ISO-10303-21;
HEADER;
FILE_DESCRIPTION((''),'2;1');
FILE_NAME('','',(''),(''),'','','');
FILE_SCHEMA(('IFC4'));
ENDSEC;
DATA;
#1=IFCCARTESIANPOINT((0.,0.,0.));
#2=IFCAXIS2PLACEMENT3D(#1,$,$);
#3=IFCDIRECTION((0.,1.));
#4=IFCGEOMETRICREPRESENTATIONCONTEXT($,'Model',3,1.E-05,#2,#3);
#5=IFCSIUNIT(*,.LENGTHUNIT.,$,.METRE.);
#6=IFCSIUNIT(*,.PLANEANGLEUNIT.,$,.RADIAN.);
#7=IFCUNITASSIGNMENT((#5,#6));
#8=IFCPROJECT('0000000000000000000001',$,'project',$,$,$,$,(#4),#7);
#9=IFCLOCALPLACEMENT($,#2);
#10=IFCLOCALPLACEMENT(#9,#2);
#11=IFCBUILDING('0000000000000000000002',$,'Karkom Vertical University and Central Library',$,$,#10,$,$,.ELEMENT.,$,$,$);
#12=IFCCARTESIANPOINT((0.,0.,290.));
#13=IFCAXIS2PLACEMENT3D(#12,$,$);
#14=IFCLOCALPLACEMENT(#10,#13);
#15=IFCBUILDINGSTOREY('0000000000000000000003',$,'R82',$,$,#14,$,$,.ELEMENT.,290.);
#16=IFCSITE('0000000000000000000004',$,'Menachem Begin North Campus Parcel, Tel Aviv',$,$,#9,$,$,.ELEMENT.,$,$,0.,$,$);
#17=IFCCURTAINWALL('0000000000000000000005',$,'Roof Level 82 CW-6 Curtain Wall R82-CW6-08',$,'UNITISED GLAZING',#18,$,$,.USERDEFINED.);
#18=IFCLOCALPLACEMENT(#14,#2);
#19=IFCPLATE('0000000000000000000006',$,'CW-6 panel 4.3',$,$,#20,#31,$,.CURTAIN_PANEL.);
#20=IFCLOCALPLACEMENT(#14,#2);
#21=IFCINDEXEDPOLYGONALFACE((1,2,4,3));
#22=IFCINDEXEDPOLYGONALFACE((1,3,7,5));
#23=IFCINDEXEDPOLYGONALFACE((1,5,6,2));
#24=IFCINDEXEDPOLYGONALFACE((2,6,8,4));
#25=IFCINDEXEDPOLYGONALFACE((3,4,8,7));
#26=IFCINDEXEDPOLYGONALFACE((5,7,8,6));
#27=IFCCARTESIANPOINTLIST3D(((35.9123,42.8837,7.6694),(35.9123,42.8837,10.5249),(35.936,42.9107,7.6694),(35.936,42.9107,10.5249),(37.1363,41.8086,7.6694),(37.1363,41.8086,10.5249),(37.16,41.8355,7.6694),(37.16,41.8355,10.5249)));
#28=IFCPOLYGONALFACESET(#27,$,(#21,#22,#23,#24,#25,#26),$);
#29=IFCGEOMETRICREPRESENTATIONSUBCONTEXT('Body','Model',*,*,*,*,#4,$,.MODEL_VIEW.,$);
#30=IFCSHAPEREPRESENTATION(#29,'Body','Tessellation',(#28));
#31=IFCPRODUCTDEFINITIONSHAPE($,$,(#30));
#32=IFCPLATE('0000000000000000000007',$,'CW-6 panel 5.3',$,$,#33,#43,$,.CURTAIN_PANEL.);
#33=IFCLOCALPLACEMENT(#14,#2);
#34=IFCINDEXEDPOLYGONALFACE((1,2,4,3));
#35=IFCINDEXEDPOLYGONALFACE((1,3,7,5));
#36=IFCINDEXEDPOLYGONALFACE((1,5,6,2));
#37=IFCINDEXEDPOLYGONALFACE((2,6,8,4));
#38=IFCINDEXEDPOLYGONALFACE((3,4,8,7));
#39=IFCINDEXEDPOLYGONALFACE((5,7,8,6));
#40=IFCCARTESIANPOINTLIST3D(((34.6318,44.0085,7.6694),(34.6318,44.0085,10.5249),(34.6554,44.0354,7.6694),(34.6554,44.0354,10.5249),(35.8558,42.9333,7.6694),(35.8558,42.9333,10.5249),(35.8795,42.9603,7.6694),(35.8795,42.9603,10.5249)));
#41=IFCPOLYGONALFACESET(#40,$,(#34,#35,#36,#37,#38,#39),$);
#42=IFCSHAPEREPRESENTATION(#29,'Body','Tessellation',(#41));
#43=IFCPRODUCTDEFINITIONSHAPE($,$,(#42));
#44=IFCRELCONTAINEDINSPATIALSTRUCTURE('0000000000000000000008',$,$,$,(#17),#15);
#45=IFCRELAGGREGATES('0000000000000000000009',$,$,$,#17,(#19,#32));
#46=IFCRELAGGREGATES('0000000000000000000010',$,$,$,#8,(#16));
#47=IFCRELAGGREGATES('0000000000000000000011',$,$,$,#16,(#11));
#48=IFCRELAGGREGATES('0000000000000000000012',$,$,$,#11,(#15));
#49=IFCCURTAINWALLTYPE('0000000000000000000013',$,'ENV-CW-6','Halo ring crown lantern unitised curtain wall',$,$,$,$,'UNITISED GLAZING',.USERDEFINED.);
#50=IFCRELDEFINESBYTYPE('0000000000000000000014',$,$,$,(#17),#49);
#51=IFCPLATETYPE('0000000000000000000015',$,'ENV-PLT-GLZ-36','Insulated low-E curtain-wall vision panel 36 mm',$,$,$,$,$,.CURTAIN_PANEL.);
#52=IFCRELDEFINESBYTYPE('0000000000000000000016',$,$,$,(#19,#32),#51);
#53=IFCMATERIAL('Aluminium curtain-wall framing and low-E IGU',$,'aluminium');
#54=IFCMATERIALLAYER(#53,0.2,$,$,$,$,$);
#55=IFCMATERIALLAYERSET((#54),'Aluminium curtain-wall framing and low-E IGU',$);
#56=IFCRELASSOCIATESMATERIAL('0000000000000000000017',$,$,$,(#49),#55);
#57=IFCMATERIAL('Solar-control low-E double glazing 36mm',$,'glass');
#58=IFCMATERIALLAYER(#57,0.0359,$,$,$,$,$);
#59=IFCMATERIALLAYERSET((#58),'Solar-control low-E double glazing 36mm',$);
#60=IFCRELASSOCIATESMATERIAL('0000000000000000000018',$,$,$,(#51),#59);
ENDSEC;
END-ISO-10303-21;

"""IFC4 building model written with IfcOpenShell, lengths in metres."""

from ifc_helpers import new_model, si_unit, direction, frame, origin, origin_with_axes, origin_2d, place, context, subcontext, project, spatial, rectangle, extrude, source, transform, mapped, material, layer, layer_set, type_object, element, aggregate, save


model = new_model("IFC4")

# Units and contexts
model_context = context("Model", 3, precision=1e-05, world=origin(), true_north=direction((0.0, 1.0)))
body_context = subcontext(model_context, "Body", "Model", "MODEL_VIEW")
ifc_project = project(units=[si_unit("LENGTHUNIT", "METRE"), si_unit("PLANEANGLEUNIT", "RADIAN")], contexts=[model_context])

# Site, building, storey
site_placement = place(None, origin())
site = spatial("IfcSite", under=ifc_project, at=site_placement, Name="Menachem Begin North Campus Parcel, Tel Aviv", CompositionType="ELEMENT", RefElevation=0.0)
building_placement = place(site_placement, origin())
building = spatial("IfcBuilding", under=site, at=building_placement, Name="Karkom Vertical University and Central Library", CompositionType="ELEMENT")
storey_placement = place(building_placement, frame((0.0, 0.0, 290.0)))
storey = spatial("IfcBuildingStorey", under=building, at=storey_placement, Name="R82", CompositionType="ELEMENT", Elevation=290.0)

# Curtain wall, plates
ifc_material_1 = material(Name="Aluminium curtain-wall framing and low-E IGU", Category="aluminium")
ifc_layer_1 = layer(ifc_material_1, 0.2)
ifc_layer_set_1 = layer_set([ifc_layer_1], Name="Aluminium curtain-wall framing and low-E IGU")
curtain_wall_type = type_object("IfcCurtainWallType", Name="ENV-CW-6", Description="Halo ring crown lantern unitised curtain wall", ElementType="UNITISED GLAZING", PredefinedType="USERDEFINED", material=ifc_layer_set_1)
curtain_wall_placement = place(storey_placement, origin())
curtain_wall = element("IfcCurtainWall", 1, at=curtain_wall_placement, inside=storey, type_object=curtain_wall_type, Name="Roof Level 82 CW-6 Curtain Wall R82-CW6-08", ObjectType="UNITISED GLAZING", PredefinedType="USERDEFINED")
ifc_material_2 = material(Name="Solar-control low-E double glazing 36mm", Category="glass")
ifc_layer_2 = layer(ifc_material_2, 0.0359)
ifc_layer_set_2 = layer_set([ifc_layer_2], Name="Solar-control low-E double glazing 36mm")
plate_type = type_object("IfcPlateType", Name="ENV-PLT-GLZ-36", Description="Insulated low-E curtain-wall vision panel 36 mm", PredefinedType="CURTAIN_PANEL", material=ifc_layer_set_2)
shared_shape_1 = source(origin_with_axes(), body_context, "Body", "SweptSolid", [
    extrude(rectangle(XDim=1.6292, YDim=0.0359, at=origin_2d()), origin(), (0.0, 0.0, 1.0), 2.8555),
])
plate_1_placement = place(storey_placement, frame((36.5361, 42.3596, 7.6694), z_axis=(0.0, 0.0, 1.0), x_axis=(-0.751322, 0.659936, 0.0)))
plate_1 = element("IfcPlate", 2, at=plate_1_placement, type_object=plate_type, Name="CW-6 panel 4.3", PredefinedType="CURTAIN_PANEL", context=body_context, shape_type="MappedRepresentation", body=[
    mapped(shared_shape_1, transform((0.0, 0.0, 0.0), scale=1.0)),
])
plate_2_placement = place(storey_placement, frame((35.2556, 43.4844, 7.6694), z_axis=(0.0, 0.0, 1.0), x_axis=(-0.751322, 0.659936, 0.0)))
plate_2 = element("IfcPlate", 3, at=plate_2_placement, type_object=plate_type, Name="CW-6 panel 5.3", PredefinedType="CURTAIN_PANEL", context=body_context, shape_type="MappedRepresentation", body=[
    mapped(shared_shape_1, transform((0.0, 0.0, 0.0), scale=1.0)),
])
aggregate(curtain_wall, [plate_1, plate_2])

save(model, "model.ifc")
